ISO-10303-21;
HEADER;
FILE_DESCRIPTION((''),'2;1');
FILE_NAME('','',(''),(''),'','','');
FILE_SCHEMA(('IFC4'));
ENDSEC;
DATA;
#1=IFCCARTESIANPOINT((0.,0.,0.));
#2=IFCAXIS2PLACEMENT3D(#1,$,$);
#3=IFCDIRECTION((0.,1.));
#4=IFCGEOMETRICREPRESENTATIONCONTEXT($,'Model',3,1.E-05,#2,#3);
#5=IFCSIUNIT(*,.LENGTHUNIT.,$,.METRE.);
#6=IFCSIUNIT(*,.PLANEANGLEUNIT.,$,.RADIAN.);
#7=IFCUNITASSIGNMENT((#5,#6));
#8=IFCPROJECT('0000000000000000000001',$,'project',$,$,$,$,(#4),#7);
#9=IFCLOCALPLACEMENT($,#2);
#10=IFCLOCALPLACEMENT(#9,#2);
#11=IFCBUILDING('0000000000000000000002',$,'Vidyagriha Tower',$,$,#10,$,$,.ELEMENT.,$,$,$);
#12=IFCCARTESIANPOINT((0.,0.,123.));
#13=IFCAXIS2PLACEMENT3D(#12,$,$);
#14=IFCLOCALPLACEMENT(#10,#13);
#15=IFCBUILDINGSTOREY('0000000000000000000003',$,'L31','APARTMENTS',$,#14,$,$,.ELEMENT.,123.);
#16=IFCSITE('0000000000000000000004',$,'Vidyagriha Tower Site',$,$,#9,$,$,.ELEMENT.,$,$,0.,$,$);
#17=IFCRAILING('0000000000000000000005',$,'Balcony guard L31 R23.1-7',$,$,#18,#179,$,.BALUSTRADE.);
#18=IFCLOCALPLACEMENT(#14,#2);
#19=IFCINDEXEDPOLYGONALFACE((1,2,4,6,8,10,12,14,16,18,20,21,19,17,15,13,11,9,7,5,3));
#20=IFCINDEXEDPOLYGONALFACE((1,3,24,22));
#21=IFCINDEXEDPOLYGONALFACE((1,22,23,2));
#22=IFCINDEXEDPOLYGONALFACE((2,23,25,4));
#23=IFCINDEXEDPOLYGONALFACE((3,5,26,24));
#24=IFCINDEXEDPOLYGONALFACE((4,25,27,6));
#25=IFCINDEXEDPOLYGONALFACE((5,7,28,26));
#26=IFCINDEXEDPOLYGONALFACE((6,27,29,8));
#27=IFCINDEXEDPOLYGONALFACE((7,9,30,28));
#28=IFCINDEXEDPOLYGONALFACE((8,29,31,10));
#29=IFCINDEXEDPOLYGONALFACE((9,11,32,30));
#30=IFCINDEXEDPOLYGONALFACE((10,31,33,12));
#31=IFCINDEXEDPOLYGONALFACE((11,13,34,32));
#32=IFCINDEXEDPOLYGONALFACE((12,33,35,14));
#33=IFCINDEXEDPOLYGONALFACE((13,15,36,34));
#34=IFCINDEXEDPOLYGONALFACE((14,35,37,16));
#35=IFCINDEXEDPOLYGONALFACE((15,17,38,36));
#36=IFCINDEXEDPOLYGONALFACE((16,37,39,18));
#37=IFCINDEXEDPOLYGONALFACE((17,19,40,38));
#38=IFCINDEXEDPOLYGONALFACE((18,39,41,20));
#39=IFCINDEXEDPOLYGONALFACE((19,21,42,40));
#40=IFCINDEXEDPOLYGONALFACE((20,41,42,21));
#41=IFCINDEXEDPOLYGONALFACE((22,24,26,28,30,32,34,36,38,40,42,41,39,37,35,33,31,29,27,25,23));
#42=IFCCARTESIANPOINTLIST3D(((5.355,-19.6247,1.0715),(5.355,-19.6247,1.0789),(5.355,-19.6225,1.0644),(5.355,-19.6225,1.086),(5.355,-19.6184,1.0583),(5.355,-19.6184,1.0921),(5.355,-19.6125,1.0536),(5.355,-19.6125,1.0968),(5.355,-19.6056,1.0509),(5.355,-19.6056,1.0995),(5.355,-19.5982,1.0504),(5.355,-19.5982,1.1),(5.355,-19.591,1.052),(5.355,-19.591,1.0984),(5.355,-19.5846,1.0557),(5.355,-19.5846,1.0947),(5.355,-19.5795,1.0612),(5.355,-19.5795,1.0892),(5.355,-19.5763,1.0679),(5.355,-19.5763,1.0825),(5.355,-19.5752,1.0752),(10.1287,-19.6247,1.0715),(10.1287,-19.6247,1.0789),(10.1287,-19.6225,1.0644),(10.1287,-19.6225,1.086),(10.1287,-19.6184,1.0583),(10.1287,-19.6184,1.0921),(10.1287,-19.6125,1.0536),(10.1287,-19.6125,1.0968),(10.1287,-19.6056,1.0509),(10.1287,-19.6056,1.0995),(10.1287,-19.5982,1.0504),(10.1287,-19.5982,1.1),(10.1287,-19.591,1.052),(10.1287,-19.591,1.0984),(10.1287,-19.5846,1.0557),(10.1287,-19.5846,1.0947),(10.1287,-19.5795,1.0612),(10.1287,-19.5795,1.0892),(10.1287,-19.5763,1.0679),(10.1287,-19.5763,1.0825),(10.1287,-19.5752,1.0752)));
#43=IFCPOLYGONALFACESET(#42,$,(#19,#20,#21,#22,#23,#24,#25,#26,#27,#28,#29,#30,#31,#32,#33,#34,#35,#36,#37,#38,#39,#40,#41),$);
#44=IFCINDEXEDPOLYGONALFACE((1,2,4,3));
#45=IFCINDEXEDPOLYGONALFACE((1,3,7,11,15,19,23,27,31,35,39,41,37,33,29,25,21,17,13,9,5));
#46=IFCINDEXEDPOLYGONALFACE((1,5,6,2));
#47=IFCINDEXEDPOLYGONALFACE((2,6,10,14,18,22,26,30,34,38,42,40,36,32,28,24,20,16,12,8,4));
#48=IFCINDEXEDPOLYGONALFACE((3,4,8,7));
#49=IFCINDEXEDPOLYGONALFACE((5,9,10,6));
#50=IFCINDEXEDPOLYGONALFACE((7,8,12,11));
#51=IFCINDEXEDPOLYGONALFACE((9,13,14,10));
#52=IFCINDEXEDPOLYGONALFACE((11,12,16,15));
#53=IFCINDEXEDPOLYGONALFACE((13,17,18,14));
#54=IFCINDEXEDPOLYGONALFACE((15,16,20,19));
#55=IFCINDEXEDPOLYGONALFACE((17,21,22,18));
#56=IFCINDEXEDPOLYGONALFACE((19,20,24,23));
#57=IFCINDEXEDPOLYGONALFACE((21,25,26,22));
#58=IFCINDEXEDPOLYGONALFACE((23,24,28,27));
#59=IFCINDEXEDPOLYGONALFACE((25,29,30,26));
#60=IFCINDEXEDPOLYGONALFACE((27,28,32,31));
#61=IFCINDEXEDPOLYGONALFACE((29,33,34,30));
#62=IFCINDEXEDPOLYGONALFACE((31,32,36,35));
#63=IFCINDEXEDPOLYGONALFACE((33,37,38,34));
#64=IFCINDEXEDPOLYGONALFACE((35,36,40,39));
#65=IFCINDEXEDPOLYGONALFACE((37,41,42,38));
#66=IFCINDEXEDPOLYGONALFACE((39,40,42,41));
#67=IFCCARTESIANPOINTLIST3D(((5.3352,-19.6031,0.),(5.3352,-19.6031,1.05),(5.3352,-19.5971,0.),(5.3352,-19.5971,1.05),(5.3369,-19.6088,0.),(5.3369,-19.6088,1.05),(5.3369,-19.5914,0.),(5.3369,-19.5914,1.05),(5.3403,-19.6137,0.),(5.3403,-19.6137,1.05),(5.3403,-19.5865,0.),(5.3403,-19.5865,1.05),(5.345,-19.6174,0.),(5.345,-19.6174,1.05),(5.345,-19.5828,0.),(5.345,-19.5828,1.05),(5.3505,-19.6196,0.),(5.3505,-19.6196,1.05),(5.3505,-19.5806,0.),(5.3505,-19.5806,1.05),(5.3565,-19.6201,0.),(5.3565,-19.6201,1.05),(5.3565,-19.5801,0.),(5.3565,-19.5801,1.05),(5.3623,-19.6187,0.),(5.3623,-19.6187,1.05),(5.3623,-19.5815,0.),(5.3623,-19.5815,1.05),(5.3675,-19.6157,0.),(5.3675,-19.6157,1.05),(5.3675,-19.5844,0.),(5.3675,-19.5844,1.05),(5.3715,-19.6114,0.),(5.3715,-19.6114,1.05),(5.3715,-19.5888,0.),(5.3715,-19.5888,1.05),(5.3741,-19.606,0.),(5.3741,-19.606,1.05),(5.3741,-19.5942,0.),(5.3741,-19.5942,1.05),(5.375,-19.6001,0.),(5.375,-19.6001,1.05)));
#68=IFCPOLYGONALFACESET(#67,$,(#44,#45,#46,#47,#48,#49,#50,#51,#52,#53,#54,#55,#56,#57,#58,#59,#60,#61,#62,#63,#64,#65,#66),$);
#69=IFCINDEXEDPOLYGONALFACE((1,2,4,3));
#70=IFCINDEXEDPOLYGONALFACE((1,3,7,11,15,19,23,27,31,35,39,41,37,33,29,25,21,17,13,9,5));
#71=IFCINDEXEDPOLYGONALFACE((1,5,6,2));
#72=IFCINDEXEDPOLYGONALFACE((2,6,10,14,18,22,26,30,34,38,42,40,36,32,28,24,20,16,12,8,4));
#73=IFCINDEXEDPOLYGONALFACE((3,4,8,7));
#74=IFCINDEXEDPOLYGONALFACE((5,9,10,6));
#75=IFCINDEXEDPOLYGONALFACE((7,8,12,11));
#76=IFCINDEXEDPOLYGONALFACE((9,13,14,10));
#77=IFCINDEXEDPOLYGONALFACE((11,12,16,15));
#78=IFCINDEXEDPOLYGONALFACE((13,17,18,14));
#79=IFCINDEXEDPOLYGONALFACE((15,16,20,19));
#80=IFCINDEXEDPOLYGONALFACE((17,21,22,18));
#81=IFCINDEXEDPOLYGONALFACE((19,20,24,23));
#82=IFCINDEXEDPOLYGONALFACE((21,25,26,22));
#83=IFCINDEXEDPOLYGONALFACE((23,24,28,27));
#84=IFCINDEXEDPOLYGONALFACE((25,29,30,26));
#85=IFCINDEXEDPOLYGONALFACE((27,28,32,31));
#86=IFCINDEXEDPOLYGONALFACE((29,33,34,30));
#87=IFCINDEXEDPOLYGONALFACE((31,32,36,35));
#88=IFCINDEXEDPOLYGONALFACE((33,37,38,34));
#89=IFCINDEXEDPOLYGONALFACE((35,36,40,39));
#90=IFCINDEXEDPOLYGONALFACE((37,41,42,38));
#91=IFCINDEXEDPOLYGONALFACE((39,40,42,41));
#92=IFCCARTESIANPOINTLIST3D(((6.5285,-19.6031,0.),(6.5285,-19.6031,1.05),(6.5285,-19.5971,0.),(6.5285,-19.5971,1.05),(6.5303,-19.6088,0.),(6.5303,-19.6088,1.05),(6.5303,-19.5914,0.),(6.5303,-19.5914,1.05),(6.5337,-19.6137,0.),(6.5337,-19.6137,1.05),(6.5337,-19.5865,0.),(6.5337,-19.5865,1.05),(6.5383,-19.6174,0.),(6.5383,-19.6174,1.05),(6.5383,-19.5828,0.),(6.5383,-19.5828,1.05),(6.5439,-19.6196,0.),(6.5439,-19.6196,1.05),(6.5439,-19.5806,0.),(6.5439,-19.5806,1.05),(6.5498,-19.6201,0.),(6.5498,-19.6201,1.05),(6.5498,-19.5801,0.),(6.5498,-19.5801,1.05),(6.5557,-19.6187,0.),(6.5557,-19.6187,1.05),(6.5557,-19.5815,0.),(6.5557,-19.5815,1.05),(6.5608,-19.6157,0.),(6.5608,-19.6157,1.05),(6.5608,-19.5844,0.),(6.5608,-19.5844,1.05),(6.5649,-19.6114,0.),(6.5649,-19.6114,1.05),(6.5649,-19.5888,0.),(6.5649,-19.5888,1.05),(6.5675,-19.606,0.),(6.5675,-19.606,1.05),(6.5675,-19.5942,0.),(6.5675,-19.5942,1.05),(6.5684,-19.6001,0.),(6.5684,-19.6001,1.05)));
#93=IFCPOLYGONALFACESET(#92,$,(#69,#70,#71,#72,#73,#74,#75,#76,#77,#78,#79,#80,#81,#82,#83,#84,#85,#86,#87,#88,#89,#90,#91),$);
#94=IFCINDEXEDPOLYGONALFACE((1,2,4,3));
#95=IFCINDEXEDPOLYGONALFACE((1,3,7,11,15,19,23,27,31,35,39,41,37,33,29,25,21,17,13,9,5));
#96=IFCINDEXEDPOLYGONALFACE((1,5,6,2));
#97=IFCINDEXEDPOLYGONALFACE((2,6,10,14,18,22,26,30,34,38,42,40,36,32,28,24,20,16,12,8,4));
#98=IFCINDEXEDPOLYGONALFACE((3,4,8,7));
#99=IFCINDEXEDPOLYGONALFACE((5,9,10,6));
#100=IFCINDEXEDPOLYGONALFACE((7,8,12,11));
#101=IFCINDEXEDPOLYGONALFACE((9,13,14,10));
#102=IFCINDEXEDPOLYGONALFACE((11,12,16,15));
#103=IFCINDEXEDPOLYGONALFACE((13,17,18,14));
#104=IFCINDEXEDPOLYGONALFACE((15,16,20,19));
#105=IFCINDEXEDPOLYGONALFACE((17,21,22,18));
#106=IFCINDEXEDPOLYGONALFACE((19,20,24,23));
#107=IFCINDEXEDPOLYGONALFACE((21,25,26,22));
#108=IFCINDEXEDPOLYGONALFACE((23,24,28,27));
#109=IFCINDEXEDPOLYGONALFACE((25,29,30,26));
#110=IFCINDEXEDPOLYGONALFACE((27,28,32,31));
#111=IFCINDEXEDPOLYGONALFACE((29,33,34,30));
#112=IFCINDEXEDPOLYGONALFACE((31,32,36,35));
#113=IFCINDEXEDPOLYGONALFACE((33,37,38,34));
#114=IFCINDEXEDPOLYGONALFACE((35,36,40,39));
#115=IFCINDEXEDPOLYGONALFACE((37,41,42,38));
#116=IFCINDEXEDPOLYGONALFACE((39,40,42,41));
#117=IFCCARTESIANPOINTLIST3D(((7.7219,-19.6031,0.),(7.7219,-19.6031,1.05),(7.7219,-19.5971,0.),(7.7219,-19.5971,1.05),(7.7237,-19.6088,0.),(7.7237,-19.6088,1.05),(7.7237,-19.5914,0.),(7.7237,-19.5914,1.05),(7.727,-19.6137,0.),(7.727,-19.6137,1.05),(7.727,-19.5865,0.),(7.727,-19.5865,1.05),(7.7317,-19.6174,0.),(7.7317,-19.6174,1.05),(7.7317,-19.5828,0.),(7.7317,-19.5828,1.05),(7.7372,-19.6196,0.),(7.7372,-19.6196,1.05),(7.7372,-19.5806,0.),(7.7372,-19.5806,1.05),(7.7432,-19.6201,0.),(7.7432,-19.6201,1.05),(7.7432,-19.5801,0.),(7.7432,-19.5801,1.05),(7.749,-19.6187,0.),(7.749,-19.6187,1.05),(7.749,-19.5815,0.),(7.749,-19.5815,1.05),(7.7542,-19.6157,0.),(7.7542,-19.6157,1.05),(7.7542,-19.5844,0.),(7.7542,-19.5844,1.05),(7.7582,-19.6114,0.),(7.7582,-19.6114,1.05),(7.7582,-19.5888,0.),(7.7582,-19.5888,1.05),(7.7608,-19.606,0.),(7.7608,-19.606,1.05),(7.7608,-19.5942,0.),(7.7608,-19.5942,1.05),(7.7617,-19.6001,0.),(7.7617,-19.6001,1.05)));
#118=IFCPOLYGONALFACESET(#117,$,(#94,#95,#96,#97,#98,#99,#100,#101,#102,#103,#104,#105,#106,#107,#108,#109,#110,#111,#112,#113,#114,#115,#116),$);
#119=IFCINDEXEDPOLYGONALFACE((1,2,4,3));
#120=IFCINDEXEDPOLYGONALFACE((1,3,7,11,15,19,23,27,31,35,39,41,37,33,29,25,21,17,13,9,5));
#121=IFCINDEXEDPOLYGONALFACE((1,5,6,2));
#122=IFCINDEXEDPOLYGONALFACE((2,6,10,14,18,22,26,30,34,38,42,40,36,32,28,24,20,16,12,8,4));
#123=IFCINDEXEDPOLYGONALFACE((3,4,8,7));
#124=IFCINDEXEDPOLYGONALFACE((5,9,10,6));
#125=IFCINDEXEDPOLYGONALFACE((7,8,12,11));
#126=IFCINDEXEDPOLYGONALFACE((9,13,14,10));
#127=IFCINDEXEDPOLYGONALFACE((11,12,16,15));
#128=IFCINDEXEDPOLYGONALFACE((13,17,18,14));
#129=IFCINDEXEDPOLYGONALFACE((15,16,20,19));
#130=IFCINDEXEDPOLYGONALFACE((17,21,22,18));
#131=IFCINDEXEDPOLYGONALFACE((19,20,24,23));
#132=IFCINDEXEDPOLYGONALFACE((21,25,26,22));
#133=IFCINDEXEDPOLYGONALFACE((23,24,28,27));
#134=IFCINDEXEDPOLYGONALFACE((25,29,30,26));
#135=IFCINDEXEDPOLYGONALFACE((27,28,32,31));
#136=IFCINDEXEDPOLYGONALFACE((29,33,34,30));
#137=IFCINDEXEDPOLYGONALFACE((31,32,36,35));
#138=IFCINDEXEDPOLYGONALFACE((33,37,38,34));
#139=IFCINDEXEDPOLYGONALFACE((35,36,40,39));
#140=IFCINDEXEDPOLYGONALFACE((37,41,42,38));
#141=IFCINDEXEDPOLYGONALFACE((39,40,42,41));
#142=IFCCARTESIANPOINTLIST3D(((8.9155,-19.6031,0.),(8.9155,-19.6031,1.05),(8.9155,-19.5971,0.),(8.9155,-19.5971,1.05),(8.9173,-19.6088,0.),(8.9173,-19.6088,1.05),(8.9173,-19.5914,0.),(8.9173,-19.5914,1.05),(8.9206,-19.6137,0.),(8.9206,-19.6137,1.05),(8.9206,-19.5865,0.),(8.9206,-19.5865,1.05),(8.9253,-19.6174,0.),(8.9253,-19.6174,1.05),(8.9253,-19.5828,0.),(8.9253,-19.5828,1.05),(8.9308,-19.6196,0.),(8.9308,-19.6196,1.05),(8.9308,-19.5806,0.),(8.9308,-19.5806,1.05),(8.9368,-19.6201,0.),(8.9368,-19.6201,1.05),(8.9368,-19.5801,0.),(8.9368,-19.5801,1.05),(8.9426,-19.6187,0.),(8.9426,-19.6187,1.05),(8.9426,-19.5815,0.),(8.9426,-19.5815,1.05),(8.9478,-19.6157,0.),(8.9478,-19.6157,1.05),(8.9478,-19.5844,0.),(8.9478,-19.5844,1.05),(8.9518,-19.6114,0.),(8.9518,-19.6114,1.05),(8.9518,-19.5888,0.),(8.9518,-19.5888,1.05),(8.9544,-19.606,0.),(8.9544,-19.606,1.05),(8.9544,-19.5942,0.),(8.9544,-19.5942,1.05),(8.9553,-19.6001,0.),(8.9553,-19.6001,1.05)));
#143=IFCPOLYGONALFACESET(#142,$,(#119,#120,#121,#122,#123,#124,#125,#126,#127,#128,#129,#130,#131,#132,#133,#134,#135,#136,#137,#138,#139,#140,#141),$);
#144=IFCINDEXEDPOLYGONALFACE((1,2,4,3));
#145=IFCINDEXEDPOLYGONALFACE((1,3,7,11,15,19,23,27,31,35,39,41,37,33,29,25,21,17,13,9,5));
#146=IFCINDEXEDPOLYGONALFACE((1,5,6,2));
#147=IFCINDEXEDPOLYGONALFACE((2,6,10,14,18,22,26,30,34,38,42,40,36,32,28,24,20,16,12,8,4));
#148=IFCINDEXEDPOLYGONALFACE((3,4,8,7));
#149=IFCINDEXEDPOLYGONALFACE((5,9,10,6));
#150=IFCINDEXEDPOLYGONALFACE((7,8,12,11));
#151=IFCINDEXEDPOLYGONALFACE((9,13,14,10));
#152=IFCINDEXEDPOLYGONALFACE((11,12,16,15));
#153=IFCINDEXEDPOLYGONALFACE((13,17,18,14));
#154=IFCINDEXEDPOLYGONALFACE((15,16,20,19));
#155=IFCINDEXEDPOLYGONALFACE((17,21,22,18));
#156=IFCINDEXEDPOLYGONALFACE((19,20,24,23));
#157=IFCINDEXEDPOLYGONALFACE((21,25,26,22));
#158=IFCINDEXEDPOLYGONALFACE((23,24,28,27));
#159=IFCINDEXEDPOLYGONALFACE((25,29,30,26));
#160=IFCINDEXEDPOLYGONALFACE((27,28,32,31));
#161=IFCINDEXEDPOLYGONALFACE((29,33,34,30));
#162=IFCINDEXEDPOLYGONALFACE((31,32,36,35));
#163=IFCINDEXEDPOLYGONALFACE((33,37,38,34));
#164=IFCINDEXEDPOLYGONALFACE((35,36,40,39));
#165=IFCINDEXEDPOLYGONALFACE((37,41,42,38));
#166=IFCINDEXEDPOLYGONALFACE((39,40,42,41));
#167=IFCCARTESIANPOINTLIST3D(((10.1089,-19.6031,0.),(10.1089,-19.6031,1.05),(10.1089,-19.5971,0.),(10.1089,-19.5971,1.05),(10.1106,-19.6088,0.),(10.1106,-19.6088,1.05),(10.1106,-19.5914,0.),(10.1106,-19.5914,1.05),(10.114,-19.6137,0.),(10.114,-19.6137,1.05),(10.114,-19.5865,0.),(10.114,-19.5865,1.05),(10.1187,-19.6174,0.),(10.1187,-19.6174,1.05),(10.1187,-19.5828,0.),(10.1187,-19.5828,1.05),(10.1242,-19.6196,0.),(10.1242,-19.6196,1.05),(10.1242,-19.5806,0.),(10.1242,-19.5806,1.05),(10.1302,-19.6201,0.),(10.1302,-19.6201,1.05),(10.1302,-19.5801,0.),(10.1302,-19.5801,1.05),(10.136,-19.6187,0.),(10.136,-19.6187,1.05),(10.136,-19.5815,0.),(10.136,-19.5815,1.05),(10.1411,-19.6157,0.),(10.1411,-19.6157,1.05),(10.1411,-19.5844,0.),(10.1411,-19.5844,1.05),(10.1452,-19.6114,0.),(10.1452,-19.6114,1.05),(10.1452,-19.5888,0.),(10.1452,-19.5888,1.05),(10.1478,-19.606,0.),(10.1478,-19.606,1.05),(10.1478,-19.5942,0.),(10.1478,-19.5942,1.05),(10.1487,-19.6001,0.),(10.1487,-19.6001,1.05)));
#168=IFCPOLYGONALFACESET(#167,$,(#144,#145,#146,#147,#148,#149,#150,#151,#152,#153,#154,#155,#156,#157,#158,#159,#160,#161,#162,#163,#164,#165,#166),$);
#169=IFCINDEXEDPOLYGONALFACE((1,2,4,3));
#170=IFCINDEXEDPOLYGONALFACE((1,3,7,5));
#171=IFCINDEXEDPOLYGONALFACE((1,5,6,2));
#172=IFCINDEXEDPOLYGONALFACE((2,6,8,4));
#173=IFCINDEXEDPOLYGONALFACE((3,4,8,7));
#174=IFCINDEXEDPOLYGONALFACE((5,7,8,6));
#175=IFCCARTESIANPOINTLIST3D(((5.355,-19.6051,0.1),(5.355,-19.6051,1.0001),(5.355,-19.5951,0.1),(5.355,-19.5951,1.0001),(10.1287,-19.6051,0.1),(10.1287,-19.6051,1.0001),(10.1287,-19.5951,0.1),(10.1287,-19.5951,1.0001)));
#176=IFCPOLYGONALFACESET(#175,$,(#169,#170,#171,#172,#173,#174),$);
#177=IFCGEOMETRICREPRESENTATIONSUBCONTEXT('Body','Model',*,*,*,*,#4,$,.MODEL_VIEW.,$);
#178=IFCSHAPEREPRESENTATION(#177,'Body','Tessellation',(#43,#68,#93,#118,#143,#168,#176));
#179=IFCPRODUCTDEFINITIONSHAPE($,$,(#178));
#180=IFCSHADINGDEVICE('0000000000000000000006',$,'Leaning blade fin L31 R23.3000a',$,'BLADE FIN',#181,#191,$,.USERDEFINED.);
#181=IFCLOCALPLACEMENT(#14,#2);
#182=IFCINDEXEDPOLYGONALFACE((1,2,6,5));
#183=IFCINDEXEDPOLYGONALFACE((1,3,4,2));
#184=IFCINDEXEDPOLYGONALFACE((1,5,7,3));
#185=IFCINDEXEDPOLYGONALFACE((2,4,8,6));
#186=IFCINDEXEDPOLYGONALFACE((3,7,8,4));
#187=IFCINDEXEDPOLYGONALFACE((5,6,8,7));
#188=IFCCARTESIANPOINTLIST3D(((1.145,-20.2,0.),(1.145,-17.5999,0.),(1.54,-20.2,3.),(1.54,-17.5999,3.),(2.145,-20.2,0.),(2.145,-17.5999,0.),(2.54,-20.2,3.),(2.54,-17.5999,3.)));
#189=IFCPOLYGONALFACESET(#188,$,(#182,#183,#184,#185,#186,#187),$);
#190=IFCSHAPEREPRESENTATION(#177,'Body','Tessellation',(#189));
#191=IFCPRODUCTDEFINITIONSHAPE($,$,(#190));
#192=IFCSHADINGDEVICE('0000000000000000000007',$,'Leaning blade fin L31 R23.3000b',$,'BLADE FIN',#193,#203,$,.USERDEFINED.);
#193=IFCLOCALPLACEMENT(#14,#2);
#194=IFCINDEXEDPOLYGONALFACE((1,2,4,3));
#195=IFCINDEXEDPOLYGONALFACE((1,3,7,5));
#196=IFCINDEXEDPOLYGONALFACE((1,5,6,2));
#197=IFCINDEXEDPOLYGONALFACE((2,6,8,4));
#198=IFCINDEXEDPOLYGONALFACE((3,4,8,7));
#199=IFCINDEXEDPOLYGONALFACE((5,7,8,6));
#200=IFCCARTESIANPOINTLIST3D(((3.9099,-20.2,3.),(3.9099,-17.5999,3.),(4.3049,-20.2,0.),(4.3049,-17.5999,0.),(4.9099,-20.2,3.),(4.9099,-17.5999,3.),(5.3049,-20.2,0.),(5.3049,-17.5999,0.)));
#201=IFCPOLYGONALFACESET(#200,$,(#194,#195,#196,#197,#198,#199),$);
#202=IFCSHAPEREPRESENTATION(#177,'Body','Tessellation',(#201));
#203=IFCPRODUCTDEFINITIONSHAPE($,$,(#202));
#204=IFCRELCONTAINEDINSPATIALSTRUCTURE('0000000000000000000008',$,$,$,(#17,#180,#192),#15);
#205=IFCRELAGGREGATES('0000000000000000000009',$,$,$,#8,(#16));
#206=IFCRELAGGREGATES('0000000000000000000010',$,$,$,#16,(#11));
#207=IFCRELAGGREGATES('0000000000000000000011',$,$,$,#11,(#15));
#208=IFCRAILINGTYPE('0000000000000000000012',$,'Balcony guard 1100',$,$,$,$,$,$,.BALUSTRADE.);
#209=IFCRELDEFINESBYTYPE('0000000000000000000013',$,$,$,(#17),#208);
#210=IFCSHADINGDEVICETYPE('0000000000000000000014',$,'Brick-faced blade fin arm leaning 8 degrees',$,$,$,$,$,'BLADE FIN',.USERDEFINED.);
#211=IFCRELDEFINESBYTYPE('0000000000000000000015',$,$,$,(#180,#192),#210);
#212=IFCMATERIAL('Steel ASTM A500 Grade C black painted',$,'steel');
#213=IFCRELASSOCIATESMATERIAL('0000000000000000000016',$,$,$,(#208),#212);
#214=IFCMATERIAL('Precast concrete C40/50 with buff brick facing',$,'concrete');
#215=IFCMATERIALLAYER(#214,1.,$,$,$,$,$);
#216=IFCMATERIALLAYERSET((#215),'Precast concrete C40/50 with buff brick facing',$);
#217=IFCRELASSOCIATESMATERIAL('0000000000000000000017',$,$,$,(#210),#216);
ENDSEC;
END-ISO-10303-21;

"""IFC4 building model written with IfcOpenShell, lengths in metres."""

from ifc_helpers import new_model, si_unit, direction, frame, origin, origin_2d, place, context, subcontext, project, spatial, polyline, rectangle, circle, outline, extrude, material, layer, layer_set, type_object, element, save


model = new_model("IFC4")

# Units and contexts
model_context = context("Model", 3, precision=1e-05, world=origin(), true_north=direction((0.0, 1.0)))
body_context = subcontext(model_context, "Body", "Model", "MODEL_VIEW")
ifc_project = project(units=[si_unit("LENGTHUNIT", "METRE"), si_unit("PLANEANGLEUNIT", "RADIAN")], contexts=[model_context])

# Site, building, storey
site_placement = place(None, origin())
site = spatial("IfcSite", under=ifc_project, at=site_placement, Name="Vidyagriha Tower Site", CompositionType="ELEMENT", RefElevation=0.0)
building_placement = place(site_placement, origin())
building = spatial("IfcBuilding", under=site, at=building_placement, Name="Vidyagriha Tower", CompositionType="ELEMENT")
storey_placement = place(building_placement, frame((0.0, 0.0, 123.0)))
storey = spatial("IfcBuildingStorey", under=building, at=storey_placement, Name="L31", Description="APARTMENTS", CompositionType="ELEMENT", Elevation=123.0)

# Railing
ifc_material_1 = material(Name="Steel ASTM A500 Grade C black painted", Category="steel")
railing_type = type_object("IfcRailingType", Name="Balcony guard 1100", PredefinedType="BALUSTRADE", material=ifc_material_1)
railing_1_placement = place(storey_placement, frame((5.355, -19.6001, 0.0)))
element("IfcRailing", 1, at=railing_1_placement, inside=storey, type_object=railing_type, Name="Balcony guard L31 R23.1-7", PredefinedType="BALUSTRADE", context=body_context, shape_type="SweptSolid", body=[
    extrude(circle(Radius=0.0249, at=origin_2d()), frame((0.0, 0.0, 1.0752), z_axis=(1.0, 0.0, 0.0), x_axis=(0.0, 1.0, 0.0)), (0.0, 0.0, 1.0), 4.7737),
    extrude(circle(Radius=0.02, at=origin_2d()), origin(), (0.0, 0.0, 1.0), 1.05),
    extrude(circle(Radius=0.02, at=origin_2d()), frame((1.1934, 0.0, 0.0)), (0.0, 0.0, 1.0), 1.05),
    extrude(circle(Radius=0.02, at=origin_2d()), frame((2.3867, 0.0, 0.0)), (0.0, 0.0, 1.0), 1.05),
    extrude(circle(Radius=0.02, at=origin_2d()), frame((3.5803, 0.0, 0.0)), (0.0, 0.0, 1.0), 1.05),
    extrude(circle(Radius=0.02, at=origin_2d()), frame((4.7737, 0.0, 0.0)), (0.0, 0.0, 1.0), 1.05),
    extrude(rectangle(XDim=0.01, YDim=0.9001, at=origin_2d()), frame((0.0, 0.0, 0.55), z_axis=(1.0, 0.0, 0.0), x_axis=(0.0, 1.0, 0.0)), (0.0, 0.0, 1.0), 4.7737),
])

# Shading devices
ifc_material_2 = material(Name="Precast concrete C40/50 with buff brick facing", Category="concrete")
ifc_layer_1 = layer(ifc_material_2, 1.0)
ifc_layer_set_1 = layer_set([ifc_layer_1], Name="Precast concrete C40/50 with buff brick facing")
shading_device_type_1 = type_object("IfcShadingDeviceType", Name="Brick-faced blade fin arm leaning 8 degrees", ElementType="BLADE FIN", PredefinedType="USERDEFINED", material=ifc_layer_set_1)
shading_device_1_placement = place(storey_placement, frame((1.145, -18.8999, 0.0)))
element("IfcShadingDevice", 2, at=shading_device_1_placement, inside=storey, type_object=shading_device_type_1, Name="Leaning blade fin L31 R23.3000a", ObjectType="BLADE FIN", PredefinedType="USERDEFINED", context=body_context, shape_type="SweptSolid", body=[
    extrude(outline(polyline([(0.0, 0.0), (1.0, 0.0), (1.395, 3.0), (0.395, 3.0), (0.0, 0.0)])), frame((0.0, 1.3, 0.0), z_axis=(0.0, -1.0, 0.0), x_axis=(1.0, 0.0, 0.0)), (0.0, 0.0, 1.0), 2.6001),
])
shading_device_2_placement = place(storey_placement, frame((3.9099, -18.8999, 0.0)))
element("IfcShadingDevice", 3, at=shading_device_2_placement, inside=storey, type_object=shading_device_type_1, Name="Leaning blade fin L31 R23.3000b", ObjectType="BLADE FIN", PredefinedType="USERDEFINED", context=body_context, shape_type="SweptSolid", body=[
    extrude(outline(polyline([(0.395, 0.0), (1.395, 0.0), (1.0, 3.0), (0.0, 3.0), (0.395, 0.0)])), frame((0.0, 1.3, 0.0), z_axis=(0.0, -1.0, 0.0), x_axis=(1.0, 0.0, 0.0)), (0.0, 0.0, 1.0), 2.6001),
])

save(model, "model.ifc")
